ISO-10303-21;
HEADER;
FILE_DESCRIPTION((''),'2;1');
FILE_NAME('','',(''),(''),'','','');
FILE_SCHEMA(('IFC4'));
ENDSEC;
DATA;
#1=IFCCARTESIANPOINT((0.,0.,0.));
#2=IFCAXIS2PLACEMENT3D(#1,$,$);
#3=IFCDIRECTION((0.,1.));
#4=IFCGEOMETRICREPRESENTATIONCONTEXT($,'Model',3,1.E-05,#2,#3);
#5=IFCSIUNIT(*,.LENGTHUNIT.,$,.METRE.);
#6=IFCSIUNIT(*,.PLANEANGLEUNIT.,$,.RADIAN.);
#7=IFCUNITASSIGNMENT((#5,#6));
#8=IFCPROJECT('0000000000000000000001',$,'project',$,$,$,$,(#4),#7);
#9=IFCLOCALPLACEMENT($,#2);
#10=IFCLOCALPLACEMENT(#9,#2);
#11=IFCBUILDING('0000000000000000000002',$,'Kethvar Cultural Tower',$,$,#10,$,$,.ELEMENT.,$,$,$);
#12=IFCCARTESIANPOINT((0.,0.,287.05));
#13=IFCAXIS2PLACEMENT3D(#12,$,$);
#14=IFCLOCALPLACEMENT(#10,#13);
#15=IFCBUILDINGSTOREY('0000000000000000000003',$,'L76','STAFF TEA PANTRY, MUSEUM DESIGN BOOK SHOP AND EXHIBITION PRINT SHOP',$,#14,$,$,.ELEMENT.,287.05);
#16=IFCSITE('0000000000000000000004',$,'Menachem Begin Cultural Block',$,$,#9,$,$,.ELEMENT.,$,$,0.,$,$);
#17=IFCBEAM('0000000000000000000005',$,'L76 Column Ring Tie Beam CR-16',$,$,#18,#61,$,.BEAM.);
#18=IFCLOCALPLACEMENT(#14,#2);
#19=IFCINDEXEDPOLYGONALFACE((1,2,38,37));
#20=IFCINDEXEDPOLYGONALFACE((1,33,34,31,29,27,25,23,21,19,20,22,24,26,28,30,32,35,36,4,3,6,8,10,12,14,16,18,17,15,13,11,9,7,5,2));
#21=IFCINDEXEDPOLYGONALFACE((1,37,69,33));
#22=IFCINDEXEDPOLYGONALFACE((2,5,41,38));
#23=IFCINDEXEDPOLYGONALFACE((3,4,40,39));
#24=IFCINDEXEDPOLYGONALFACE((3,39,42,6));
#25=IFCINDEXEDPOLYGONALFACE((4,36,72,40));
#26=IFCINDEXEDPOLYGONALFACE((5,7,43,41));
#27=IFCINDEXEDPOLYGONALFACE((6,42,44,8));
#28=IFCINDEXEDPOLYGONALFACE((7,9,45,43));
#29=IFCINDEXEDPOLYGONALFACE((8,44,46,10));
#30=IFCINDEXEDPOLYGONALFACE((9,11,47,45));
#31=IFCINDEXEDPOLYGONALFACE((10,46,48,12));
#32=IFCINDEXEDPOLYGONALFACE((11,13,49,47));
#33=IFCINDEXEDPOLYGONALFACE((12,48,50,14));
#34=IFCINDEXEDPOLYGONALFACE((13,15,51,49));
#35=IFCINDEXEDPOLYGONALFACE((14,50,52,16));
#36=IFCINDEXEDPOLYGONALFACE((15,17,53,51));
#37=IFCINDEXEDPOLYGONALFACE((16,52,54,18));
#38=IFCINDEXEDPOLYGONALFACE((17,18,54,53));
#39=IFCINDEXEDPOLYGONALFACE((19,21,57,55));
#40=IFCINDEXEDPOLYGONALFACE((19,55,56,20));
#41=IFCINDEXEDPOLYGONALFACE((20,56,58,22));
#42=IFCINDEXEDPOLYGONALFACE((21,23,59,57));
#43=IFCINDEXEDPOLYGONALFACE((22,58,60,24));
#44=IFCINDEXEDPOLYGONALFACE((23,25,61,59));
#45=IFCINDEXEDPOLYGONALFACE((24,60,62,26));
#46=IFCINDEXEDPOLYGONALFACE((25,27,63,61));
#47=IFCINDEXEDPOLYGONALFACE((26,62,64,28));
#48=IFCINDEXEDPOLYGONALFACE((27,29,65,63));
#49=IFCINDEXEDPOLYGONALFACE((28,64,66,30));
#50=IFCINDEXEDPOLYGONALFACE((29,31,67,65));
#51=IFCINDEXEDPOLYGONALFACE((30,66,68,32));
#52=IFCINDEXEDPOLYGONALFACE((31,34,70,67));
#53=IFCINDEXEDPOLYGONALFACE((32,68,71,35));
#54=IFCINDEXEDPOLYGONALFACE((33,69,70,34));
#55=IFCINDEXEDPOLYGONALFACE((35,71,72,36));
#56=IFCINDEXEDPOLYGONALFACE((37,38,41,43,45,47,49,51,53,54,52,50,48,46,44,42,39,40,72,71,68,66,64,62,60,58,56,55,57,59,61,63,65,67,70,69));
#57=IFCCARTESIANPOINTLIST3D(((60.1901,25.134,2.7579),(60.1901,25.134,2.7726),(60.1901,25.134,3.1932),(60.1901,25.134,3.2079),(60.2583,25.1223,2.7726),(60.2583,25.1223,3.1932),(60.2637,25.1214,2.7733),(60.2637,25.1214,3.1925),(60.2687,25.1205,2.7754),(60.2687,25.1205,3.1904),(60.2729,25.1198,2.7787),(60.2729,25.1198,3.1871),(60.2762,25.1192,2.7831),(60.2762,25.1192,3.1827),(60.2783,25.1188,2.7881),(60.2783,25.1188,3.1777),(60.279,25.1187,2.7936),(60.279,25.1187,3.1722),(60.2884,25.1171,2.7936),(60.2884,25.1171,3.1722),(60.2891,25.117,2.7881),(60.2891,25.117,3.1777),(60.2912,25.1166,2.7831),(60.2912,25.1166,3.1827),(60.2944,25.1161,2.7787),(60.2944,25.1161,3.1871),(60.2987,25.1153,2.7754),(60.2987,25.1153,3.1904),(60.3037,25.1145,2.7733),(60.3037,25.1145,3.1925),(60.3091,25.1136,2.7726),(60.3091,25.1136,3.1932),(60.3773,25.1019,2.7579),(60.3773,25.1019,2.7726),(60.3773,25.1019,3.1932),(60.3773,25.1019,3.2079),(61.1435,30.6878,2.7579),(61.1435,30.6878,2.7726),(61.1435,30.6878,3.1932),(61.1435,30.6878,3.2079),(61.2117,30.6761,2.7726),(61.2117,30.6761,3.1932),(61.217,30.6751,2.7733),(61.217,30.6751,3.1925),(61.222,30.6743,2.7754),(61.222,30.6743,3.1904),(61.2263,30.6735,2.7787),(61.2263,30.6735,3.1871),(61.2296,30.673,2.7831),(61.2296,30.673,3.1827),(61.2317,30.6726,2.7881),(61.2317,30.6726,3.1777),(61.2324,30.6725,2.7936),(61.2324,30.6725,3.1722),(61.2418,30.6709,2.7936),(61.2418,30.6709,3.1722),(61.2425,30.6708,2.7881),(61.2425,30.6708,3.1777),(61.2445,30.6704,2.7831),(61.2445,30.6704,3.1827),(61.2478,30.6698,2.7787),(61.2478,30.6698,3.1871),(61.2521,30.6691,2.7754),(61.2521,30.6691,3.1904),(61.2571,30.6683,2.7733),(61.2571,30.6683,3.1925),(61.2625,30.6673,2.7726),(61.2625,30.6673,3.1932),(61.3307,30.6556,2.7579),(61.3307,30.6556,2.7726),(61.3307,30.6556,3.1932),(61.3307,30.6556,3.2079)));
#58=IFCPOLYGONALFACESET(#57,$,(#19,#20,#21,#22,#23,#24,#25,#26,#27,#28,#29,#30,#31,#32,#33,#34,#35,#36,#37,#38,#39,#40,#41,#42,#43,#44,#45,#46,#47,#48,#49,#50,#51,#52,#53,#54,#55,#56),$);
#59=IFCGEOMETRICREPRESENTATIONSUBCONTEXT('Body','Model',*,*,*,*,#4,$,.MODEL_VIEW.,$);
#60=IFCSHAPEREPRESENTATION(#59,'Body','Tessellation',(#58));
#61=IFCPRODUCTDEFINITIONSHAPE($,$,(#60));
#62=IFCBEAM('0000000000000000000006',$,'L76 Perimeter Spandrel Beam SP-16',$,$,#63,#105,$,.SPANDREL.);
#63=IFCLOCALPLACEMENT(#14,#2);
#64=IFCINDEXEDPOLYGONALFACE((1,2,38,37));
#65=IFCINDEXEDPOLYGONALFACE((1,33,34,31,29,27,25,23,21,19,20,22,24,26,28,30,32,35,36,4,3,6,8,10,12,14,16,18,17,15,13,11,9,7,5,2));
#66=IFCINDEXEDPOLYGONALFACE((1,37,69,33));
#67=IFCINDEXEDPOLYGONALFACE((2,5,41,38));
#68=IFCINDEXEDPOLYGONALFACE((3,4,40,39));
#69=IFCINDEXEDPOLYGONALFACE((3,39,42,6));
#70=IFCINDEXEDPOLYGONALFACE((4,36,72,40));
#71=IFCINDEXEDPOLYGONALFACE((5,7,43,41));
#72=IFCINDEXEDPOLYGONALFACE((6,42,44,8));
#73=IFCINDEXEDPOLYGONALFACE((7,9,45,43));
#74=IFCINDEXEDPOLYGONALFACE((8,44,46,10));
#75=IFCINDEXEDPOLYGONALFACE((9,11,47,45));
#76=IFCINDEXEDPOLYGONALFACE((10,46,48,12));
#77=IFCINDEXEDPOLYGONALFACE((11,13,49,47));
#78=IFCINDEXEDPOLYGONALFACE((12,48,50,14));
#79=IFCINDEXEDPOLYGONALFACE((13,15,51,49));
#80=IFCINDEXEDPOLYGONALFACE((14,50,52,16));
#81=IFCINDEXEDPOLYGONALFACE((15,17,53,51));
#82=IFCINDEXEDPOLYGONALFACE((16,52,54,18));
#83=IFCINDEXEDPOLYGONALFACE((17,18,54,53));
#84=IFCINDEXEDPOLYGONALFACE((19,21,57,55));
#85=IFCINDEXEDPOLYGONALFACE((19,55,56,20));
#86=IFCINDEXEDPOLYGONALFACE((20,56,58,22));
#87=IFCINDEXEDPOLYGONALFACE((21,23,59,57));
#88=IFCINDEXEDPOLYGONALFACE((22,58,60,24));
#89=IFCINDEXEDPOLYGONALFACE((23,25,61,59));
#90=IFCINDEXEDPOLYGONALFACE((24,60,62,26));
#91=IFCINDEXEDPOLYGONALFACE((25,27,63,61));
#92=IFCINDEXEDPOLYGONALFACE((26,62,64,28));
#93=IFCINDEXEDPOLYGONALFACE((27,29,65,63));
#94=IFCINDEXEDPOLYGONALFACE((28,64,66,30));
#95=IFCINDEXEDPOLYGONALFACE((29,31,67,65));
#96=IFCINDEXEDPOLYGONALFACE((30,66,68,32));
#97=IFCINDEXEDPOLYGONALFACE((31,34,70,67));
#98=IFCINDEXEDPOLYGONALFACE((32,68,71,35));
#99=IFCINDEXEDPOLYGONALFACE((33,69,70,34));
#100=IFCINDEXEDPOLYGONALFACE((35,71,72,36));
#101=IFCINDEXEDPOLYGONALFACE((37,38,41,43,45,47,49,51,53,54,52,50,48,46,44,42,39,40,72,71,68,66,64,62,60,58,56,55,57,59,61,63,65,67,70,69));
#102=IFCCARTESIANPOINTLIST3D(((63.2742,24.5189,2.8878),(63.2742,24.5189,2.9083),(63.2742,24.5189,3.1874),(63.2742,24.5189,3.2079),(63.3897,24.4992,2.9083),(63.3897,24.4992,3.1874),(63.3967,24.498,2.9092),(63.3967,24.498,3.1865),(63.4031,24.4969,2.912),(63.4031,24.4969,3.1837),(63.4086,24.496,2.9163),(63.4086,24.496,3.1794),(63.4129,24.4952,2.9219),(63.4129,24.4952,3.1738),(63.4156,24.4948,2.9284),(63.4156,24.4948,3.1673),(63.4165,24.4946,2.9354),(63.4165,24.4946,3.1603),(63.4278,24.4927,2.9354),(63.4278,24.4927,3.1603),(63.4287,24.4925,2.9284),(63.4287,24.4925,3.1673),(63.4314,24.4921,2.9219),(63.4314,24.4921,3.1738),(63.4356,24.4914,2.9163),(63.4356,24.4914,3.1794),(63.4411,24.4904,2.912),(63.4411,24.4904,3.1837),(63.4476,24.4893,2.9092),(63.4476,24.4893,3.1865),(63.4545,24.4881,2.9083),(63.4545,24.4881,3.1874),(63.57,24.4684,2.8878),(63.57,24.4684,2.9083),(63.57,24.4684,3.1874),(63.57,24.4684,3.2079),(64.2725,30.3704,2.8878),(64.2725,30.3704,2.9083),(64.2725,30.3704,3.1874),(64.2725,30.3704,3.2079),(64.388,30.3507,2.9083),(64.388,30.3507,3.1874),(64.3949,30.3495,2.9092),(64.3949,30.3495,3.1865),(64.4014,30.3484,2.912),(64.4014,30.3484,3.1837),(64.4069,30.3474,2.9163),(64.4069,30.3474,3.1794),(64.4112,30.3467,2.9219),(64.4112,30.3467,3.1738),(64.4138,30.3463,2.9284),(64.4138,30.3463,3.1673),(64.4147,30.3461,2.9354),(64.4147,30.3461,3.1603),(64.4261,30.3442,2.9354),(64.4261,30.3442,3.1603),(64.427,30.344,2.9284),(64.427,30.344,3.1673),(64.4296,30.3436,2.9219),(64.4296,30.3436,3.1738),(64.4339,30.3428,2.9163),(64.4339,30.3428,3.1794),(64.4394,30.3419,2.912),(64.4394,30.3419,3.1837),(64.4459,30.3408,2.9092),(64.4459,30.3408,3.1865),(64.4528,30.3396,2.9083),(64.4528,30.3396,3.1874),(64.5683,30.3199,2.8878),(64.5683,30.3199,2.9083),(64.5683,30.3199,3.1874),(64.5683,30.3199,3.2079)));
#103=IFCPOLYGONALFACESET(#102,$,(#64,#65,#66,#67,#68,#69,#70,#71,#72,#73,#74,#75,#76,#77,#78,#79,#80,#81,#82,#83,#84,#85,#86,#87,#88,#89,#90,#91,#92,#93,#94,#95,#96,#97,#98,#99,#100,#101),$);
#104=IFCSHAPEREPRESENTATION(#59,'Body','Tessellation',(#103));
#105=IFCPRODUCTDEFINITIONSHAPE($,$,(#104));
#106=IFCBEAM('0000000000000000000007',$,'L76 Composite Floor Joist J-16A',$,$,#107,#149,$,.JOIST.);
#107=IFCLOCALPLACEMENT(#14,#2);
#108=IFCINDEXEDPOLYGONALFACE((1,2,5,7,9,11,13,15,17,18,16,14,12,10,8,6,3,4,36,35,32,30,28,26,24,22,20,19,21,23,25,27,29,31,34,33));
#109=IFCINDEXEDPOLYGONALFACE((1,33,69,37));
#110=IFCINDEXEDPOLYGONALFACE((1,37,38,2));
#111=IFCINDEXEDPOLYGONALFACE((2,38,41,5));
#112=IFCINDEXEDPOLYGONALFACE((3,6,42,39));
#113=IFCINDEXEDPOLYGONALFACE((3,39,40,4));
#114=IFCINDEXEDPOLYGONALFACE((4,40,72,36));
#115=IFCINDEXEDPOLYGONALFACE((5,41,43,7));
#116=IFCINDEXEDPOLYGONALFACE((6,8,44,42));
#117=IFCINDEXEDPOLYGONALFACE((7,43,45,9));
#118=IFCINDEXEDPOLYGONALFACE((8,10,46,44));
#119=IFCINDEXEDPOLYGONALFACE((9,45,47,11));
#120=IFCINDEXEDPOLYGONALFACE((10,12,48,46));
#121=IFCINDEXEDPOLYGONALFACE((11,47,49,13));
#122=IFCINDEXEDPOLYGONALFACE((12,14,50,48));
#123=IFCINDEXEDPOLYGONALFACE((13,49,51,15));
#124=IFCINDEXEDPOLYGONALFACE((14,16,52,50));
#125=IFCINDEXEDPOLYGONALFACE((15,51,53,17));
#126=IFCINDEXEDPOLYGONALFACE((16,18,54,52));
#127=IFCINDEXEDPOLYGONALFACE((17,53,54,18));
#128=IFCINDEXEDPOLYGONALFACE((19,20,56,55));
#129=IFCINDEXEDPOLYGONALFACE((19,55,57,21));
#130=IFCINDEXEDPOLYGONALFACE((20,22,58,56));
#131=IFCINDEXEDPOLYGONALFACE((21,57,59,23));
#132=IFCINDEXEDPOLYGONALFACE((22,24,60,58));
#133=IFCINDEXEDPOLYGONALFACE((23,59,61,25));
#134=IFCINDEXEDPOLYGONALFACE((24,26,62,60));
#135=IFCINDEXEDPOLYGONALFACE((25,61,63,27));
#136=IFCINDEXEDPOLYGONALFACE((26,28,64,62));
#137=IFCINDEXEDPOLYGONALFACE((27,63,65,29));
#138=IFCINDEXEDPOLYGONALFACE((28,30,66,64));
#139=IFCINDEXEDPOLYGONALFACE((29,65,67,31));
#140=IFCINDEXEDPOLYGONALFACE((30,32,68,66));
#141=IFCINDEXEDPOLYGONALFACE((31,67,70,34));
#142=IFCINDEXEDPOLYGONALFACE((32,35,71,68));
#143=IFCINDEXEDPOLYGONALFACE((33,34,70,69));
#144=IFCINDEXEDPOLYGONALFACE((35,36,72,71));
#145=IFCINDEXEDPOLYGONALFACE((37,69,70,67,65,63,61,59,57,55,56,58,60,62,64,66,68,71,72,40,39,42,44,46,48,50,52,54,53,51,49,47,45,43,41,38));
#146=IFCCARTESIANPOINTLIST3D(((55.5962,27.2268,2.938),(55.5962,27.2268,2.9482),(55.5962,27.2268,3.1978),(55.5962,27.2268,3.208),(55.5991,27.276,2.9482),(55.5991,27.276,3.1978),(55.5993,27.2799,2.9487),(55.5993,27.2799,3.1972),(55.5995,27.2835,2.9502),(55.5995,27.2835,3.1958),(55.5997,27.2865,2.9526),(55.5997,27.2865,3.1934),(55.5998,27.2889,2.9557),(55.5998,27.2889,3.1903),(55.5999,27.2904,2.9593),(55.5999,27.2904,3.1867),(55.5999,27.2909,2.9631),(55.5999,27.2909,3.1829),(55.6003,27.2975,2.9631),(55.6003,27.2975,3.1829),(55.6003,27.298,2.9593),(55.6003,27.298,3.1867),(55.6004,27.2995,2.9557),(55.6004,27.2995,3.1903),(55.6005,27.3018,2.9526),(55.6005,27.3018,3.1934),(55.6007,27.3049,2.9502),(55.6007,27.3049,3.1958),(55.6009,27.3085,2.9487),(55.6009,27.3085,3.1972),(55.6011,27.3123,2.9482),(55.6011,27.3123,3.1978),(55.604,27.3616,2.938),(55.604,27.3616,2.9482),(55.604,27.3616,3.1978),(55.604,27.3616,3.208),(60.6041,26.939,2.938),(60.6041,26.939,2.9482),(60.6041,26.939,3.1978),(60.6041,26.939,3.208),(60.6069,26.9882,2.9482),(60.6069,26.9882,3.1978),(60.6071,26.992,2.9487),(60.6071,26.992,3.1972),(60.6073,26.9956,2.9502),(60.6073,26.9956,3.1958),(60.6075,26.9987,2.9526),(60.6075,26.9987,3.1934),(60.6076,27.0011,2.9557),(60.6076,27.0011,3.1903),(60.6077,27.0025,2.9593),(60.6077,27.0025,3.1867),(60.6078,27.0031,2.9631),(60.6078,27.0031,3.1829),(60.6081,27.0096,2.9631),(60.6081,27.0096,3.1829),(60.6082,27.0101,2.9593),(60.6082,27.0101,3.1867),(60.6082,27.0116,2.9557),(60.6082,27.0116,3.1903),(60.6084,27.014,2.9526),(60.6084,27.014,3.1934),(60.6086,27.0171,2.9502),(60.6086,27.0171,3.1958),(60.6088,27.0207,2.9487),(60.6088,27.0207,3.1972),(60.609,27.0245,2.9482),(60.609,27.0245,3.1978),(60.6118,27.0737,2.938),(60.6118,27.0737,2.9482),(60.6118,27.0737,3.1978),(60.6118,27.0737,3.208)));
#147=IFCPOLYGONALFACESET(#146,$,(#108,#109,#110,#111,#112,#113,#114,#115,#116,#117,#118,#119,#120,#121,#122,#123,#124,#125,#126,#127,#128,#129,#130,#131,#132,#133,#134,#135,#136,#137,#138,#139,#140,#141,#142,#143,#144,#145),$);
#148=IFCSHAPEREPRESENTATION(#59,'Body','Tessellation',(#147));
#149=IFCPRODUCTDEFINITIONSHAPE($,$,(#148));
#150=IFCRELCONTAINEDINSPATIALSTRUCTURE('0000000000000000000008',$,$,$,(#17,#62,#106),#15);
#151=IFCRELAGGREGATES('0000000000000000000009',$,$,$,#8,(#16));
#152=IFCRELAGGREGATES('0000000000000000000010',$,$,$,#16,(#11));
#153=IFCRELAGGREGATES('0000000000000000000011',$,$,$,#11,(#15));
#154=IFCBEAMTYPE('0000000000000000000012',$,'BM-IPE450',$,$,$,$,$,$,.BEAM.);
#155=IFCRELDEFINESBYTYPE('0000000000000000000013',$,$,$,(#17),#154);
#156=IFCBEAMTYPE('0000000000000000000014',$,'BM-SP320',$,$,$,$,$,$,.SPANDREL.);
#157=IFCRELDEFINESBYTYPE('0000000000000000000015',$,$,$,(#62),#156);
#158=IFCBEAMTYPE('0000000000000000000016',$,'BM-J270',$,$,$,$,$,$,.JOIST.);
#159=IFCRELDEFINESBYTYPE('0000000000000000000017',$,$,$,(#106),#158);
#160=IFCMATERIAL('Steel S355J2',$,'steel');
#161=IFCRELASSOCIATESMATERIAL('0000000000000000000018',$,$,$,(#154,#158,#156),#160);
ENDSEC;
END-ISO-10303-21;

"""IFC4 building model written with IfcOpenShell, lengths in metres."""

from ifc_helpers import new_model, si_unit, direction, frame, origin, origin_2d, place, context, subcontext, project, spatial, i_section, extrude, source, transform, mapped, material, material_profile, profile_set, type_object, element, save


model = new_model("IFC4")

# Units and contexts
model_context = context("Model", 3, precision=1e-05, world=origin(), true_north=direction((0.0, 1.0)))
body_context = subcontext(model_context, "Body", "Model", "MODEL_VIEW")
ifc_project = project(units=[si_unit("LENGTHUNIT", "METRE"), si_unit("PLANEANGLEUNIT", "RADIAN")], contexts=[model_context])

# Site, building, storey
site_placement = place(None, origin())
site = spatial("IfcSite", under=ifc_project, at=site_placement, Name="Menachem Begin Cultural Block", CompositionType="ELEMENT", RefElevation=0.0)
building_placement = place(site_placement, origin())
building = spatial("IfcBuilding", under=site, at=building_placement, Name="Kethvar Cultural Tower", CompositionType="ELEMENT")
storey_placement = place(building_placement, frame((0.0, 0.0, 287.05)))
storey = spatial("IfcBuildingStorey", under=building, at=storey_placement, Name="L76", Description="STAFF TEA PANTRY, MUSEUM DESIGN BOOK SHOP AND EXHIBITION PRINT SHOP", CompositionType="ELEMENT", Elevation=287.05)

# Shared definitions
ifc_material_1 = material(Name="Steel S355J2", Category="steel")

# Beams
ifc_material_profile_1 = material_profile(ifc_material_1, i_section(OverallWidth=0.1899, OverallDepth=0.45, WebThickness=0.0095, FlangeThickness=0.0146, FilletRadius=0.021, at=origin_2d()), Name="Steel S355J2 — IPE450")
ifc_profile_set_1 = profile_set([ifc_material_profile_1], Name="Steel S355J2 — IPE450")
beam_type_1 = type_object("IfcBeamType", Name="BM-IPE450", PredefinedType="BEAM", material=ifc_profile_set_1)
ifc_material_profile_2 = material_profile(ifc_material_1, i_section(OverallWidth=0.135, OverallDepth=0.27, WebThickness=0.0066, FlangeThickness=0.0103, FilletRadius=0.0149, at=origin_2d()), Name="Steel S355J2 — IPE270")
ifc_profile_set_2 = profile_set([ifc_material_profile_2], Name="Steel S355J2 — IPE270")
beam_type_2 = type_object("IfcBeamType", Name="BM-J270", PredefinedType="JOIST", material=ifc_profile_set_2)
shared_shape_1 = source(origin(), body_context, "Body", "SweptSolid", [
    extrude(i_section(OverallWidth=0.1899, OverallDepth=0.45, WebThickness=0.0095, FlangeThickness=0.0146, FilletRadius=0.021, at=origin_2d()), origin(), (0.0, 0.0, 1.0), 5.635),
])
beam_1_placement = place(storey_placement, frame((60.2837, 25.1179, 2.9829), z_axis=(0.169189, 0.985584, 0.0), x_axis=(-0.985584, 0.169189, 0.0)))
element("IfcBeam", 1, at=beam_1_placement, inside=storey, type_object=beam_type_1, Name="L76 Column Ring Tie Beam CR-16", PredefinedType="BEAM", context=body_context, shape_type="MappedRepresentation", body=[
    mapped(shared_shape_1, transform((0.0, 0.0, 0.0), scale=1.0)),
])
ifc_material_profile_3 = material_profile(ifc_material_1, i_section(OverallWidth=0.3, OverallDepth=0.3201, WebThickness=0.0115, FlangeThickness=0.0205, FilletRadius=0.0271, at=origin_2d()), Name="Steel S355J2 — HEB320")
ifc_profile_set_3 = profile_set([ifc_material_profile_3], Name="Steel S355J2 — HEB320")
beam_type_3 = type_object("IfcBeamType", Name="BM-SP320", PredefinedType="SPANDREL", material=ifc_profile_set_3)
shared_shape_2 = source(origin(), body_context, "Body", "SweptSolid", [
    extrude(i_section(OverallWidth=0.3, OverallDepth=0.3201, WebThickness=0.0115, FlangeThickness=0.0205, FilletRadius=0.0271, at=origin_2d()), origin(), (0.0, 0.0, 1.0), 5.936),
])
beam_2_placement = place(storey_placement, frame((63.4221, 24.4937, 3.0479), z_axis=(0.168173, 0.985758, 0.0), x_axis=(-0.985758, 0.168173, 0.0)))
element("IfcBeam", 2, at=beam_2_placement, inside=storey, type_object=beam_type_3, Name="L76 Perimeter Spandrel Beam SP-16", PredefinedType="SPANDREL", context=body_context, shape_type="MappedRepresentation", body=[
    mapped(shared_shape_2, transform((0.0, 0.0, 0.0), scale=1.0)),
])
shared_shape_3 = source(origin(), body_context, "Body", "SweptSolid", [
    extrude(i_section(OverallWidth=0.135, OverallDepth=0.27, WebThickness=0.0066, FlangeThickness=0.0103, FilletRadius=0.0149, at=origin_2d()), origin(), (0.0, 0.0, 1.0), 5.0161),
])
beam_3_placement = place(storey_placement, frame((55.6001, 27.2942, 3.073), z_axis=(0.998352, -0.057384, 0.0), x_axis=(0.057384, 0.998352, 0.0)))
element("IfcBeam", 3, at=beam_3_placement, inside=storey, type_object=beam_type_2, Name="L76 Composite Floor Joist J-16A", PredefinedType="JOIST", context=body_context, shape_type="MappedRepresentation", body=[
    mapped(shared_shape_3, transform((0.0, 0.0, 0.0), scale=1.0)),
])

save(model, "model.ifc")
